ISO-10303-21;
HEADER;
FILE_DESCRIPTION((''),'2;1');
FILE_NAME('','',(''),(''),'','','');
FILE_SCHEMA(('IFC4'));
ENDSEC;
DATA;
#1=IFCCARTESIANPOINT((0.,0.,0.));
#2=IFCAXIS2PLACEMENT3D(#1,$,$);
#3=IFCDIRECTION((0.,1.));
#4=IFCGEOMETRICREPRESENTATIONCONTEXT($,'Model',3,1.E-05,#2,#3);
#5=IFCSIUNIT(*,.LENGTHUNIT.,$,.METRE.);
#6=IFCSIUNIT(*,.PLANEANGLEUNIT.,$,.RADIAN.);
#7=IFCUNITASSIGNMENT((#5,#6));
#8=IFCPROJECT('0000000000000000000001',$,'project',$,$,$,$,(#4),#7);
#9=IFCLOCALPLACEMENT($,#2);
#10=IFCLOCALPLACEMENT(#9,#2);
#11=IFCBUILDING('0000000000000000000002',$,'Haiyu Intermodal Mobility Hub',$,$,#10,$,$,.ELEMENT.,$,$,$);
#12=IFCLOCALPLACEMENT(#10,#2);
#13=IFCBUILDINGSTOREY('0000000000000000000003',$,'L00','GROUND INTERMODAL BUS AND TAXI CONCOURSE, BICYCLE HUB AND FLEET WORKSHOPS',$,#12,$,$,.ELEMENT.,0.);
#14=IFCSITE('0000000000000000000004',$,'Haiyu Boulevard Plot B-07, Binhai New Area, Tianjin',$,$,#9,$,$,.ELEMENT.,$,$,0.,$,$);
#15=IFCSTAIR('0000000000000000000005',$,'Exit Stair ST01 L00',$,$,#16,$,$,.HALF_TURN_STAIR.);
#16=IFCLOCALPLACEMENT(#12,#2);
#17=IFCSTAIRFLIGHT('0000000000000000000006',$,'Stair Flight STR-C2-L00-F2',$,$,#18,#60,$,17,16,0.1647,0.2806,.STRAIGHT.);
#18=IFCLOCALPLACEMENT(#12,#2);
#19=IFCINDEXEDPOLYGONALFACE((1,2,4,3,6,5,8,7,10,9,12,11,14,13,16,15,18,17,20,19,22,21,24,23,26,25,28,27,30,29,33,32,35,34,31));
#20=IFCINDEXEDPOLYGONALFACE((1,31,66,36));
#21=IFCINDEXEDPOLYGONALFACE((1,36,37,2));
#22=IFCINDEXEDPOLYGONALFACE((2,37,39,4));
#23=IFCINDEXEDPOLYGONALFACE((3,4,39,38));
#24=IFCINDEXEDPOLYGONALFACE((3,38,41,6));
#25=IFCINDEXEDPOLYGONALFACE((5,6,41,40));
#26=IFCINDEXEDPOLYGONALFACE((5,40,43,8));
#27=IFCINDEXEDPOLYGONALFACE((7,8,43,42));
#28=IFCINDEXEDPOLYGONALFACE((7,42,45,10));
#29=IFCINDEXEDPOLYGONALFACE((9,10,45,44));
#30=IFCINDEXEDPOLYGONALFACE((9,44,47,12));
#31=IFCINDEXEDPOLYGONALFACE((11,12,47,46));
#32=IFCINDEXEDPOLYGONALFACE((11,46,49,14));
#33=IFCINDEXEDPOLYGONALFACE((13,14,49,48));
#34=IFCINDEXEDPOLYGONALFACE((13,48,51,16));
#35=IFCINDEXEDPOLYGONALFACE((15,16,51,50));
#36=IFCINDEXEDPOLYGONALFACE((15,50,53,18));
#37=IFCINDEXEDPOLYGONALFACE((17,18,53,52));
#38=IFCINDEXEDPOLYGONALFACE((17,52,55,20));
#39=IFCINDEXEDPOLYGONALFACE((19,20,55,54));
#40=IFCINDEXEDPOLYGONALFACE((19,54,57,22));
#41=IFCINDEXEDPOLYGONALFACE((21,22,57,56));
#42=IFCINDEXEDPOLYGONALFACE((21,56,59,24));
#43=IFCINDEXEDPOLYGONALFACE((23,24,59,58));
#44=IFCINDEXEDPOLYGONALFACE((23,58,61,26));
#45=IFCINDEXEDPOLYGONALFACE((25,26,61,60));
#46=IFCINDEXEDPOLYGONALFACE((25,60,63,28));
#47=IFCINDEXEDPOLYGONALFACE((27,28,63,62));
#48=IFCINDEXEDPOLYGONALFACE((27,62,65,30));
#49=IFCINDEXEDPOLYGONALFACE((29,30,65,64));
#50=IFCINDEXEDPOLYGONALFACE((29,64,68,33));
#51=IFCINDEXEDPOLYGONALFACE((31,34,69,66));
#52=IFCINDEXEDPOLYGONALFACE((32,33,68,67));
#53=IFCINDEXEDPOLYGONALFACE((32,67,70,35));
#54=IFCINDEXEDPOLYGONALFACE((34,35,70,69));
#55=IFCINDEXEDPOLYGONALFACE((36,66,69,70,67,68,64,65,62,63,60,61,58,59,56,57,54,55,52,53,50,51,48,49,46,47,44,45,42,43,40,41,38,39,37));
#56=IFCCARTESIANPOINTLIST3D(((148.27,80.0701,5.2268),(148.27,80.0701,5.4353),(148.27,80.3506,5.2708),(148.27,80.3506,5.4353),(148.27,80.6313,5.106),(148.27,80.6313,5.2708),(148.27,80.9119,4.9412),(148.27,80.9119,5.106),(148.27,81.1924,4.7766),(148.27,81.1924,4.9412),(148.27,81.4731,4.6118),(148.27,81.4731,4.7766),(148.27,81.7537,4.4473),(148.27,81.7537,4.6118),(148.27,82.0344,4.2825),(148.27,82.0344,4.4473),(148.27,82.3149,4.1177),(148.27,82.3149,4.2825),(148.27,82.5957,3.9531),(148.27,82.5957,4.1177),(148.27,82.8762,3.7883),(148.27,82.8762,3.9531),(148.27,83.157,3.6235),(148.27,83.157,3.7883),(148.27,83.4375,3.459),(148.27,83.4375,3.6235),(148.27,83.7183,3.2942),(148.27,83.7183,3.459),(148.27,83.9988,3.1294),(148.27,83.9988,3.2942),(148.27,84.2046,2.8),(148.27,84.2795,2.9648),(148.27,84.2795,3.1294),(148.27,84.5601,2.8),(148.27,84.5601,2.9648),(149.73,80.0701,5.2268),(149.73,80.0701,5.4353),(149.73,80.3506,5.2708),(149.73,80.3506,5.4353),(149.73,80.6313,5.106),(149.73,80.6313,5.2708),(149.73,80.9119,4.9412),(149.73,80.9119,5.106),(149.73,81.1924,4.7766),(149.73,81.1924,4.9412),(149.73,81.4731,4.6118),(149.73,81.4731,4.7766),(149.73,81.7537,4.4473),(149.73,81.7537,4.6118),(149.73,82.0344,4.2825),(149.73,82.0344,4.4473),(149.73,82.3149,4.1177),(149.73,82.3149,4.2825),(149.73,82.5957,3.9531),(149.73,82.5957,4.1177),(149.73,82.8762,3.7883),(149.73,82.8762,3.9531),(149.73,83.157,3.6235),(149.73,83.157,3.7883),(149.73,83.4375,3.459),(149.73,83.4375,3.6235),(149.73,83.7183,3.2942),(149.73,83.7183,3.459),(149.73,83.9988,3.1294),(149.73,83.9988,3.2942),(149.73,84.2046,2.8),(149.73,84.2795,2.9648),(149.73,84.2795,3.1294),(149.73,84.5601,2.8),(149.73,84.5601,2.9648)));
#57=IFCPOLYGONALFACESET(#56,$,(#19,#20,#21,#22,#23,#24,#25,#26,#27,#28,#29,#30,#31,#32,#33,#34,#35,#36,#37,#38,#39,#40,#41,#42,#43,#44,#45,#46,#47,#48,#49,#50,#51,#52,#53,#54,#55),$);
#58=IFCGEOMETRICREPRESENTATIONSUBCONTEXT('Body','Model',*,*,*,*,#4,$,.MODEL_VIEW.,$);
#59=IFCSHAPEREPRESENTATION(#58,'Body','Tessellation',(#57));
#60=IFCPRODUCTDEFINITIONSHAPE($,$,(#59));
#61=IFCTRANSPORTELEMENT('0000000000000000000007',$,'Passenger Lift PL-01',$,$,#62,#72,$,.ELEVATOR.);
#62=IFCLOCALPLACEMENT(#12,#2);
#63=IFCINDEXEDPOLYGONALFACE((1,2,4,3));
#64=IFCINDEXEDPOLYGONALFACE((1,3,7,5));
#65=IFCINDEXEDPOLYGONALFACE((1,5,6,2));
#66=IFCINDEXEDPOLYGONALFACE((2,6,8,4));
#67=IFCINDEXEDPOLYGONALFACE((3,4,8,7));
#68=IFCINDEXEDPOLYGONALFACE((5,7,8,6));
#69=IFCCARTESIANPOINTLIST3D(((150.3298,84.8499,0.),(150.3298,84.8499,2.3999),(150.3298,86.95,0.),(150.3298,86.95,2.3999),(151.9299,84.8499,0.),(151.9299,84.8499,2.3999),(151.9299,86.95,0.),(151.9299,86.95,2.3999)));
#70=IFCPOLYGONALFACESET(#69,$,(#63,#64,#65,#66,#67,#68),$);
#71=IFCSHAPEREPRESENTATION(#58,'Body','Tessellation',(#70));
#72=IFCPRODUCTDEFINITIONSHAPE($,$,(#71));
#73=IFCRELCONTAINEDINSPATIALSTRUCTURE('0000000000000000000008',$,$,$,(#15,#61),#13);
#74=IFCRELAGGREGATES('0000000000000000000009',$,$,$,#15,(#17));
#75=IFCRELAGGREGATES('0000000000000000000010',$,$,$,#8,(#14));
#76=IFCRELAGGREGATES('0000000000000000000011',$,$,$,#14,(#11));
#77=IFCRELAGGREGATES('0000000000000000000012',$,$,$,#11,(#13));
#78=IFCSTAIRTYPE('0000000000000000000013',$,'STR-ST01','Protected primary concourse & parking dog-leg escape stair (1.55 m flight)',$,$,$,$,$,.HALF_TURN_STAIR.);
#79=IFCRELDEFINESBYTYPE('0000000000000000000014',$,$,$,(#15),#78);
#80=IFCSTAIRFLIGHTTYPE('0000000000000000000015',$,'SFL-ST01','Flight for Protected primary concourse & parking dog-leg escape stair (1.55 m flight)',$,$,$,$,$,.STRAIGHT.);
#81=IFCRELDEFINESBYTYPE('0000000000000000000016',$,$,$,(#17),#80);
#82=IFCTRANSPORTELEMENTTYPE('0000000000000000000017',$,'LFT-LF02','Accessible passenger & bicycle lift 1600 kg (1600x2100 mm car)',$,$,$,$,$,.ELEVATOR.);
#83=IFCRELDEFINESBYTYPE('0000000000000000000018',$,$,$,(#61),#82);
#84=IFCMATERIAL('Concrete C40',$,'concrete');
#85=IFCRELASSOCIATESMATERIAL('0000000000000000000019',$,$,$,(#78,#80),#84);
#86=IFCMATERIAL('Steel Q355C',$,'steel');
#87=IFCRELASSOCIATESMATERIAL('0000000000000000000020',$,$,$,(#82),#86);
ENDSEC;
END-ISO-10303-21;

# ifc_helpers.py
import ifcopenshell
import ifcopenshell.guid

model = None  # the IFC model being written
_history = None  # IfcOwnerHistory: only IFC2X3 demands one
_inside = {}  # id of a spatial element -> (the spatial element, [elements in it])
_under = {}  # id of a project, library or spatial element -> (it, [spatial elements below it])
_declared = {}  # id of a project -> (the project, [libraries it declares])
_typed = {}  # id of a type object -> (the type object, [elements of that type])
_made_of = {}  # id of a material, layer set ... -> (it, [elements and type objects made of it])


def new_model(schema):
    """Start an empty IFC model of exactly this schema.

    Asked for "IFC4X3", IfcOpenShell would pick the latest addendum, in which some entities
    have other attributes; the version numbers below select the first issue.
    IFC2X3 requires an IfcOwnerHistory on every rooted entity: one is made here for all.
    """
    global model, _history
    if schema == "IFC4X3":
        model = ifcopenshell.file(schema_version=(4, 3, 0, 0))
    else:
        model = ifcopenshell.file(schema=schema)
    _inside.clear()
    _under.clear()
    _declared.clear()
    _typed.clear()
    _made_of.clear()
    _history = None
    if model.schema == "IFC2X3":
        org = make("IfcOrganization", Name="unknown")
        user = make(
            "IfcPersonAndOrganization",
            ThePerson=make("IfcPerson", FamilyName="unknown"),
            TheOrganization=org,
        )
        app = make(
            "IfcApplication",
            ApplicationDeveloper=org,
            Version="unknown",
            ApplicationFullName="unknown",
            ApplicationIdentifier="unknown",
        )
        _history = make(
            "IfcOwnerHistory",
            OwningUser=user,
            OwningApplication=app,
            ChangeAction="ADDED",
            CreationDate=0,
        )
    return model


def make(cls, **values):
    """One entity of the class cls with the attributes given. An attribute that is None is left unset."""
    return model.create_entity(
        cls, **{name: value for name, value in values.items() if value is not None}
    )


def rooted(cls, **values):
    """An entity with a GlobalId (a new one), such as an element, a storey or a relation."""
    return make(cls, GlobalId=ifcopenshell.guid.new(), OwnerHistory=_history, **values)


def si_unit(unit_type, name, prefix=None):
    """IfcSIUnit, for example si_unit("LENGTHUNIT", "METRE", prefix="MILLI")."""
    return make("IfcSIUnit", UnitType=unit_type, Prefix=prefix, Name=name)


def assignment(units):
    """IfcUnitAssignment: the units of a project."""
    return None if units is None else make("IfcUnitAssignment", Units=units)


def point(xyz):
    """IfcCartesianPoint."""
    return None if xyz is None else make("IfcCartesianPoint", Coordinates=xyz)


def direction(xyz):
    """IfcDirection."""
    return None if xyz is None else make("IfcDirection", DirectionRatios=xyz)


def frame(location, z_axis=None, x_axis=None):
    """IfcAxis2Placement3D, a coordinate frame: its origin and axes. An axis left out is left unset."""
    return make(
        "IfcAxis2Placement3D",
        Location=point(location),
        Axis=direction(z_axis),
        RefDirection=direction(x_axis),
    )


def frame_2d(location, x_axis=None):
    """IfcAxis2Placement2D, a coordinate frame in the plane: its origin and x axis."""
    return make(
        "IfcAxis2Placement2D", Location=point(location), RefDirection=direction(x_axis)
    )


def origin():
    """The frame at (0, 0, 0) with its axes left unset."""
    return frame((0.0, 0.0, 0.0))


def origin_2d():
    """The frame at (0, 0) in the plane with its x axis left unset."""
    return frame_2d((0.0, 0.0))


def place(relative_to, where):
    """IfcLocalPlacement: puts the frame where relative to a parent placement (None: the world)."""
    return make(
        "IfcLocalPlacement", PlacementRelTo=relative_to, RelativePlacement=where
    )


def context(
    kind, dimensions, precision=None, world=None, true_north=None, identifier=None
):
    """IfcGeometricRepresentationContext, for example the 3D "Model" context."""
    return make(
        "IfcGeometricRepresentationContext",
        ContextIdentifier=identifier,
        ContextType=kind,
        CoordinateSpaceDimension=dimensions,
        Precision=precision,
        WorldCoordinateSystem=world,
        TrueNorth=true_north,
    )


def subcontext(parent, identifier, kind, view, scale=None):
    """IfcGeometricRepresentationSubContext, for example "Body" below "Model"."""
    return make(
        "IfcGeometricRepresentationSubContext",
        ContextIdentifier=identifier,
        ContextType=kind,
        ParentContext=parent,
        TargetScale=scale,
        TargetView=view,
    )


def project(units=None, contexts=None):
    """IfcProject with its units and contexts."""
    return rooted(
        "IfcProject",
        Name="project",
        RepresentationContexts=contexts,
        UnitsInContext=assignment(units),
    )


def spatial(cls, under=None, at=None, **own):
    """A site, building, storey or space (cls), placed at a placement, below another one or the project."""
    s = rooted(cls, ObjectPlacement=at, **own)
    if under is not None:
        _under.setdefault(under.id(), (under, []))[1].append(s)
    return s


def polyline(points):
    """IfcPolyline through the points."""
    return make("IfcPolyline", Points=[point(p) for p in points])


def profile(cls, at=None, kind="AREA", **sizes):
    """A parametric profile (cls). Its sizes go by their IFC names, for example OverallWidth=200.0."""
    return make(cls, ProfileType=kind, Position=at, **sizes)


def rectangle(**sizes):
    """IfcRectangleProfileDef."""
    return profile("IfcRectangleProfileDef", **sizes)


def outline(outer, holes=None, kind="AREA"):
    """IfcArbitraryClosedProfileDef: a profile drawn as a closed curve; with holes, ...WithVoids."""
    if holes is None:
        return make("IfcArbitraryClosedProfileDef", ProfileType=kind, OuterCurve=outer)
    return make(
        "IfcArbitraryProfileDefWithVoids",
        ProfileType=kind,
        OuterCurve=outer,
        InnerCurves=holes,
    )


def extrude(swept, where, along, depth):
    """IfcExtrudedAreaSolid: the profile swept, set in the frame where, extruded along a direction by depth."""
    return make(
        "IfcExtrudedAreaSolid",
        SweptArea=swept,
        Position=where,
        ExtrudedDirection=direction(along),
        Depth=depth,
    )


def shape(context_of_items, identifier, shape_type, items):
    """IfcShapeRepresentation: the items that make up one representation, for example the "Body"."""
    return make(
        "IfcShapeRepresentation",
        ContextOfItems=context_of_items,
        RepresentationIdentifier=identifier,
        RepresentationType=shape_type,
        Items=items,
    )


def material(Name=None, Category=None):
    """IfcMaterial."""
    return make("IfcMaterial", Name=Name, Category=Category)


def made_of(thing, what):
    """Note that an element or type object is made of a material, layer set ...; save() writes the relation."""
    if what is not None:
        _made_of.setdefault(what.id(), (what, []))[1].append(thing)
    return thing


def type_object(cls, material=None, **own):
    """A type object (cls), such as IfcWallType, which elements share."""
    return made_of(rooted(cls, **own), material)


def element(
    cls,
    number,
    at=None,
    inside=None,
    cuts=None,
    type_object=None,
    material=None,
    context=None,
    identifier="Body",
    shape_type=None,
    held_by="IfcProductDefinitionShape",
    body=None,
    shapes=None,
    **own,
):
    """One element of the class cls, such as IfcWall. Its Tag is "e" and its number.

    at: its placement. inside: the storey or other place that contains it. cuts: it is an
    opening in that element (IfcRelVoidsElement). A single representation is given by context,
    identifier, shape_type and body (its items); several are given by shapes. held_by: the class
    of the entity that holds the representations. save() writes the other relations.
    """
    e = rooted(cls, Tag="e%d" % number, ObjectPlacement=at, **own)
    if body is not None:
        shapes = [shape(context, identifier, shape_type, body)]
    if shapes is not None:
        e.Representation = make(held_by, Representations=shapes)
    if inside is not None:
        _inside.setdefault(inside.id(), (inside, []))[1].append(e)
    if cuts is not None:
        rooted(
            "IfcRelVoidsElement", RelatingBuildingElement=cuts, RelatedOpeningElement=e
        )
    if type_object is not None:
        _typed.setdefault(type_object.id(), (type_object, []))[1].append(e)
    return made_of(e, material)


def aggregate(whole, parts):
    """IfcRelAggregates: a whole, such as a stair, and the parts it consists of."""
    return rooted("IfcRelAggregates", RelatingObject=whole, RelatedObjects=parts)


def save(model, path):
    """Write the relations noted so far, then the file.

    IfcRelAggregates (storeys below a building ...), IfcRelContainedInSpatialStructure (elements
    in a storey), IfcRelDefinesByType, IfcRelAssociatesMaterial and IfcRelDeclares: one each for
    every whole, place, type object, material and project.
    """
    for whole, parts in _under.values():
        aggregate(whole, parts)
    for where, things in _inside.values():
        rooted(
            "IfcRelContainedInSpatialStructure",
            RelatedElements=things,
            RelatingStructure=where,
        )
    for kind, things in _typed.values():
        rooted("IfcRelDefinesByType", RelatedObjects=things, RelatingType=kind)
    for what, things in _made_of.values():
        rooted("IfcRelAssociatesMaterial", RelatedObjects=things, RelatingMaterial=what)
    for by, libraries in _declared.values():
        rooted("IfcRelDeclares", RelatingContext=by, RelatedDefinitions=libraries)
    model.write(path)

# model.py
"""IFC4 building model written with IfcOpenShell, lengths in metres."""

from ifc_helpers import new_model, si_unit, direction, frame, origin, origin_2d, place, context, subcontext, project, spatial, polyline, rectangle, outline, extrude, material, type_object, element, aggregate, save


model = new_model("IFC4")

# Units and contexts
model_context = context("Model", 3, precision=1e-05, world=origin(), true_north=direction((0.0, 1.0)))
body_context = subcontext(model_context, "Body", "Model", "MODEL_VIEW")
ifc_project = project(units=[si_unit("LENGTHUNIT", "METRE"), si_unit("PLANEANGLEUNIT", "RADIAN")], contexts=[model_context])

# Site, building, storey
site_placement = place(None, origin())
site = spatial("IfcSite", under=ifc_project, at=site_placement, Name="Haiyu Boulevard Plot B-07, Binhai New Area, Tianjin", CompositionType="ELEMENT", RefElevation=0.0)
building_placement = place(site_placement, origin())
building = spatial("IfcBuilding", under=site, at=building_placement, Name="Haiyu Intermodal Mobility Hub", CompositionType="ELEMENT")
storey_placement = place(building_placement, origin())
storey = spatial("IfcBuildingStorey", under=building, at=storey_placement, Name="L00", Description="GROUND INTERMODAL BUS AND TAXI CONCOURSE, BICYCLE HUB AND FLEET WORKSHOPS", CompositionType="ELEMENT", Elevation=0.0)

# Shared definitions
ifc_material_1 = material(Name="Concrete C40", Category="concrete")

# Shared definitions
ifc_material_2 = material(Name="Steel Q355C", Category="steel")

# Stair, stair flight
stair_type = type_object("IfcStairType", Name="STR-ST01", Description="Protected primary concourse & parking dog-leg escape stair (1.55 m flight)", PredefinedType="HALF_TURN_STAIR", material=ifc_material_1)
stair_placement = place(storey_placement, origin())
stair = element("IfcStair", 1, at=stair_placement, inside=storey, type_object=stair_type, Name="Exit Stair ST01 L00", PredefinedType="HALF_TURN_STAIR")
stair_flight_type = type_object("IfcStairFlightType", Name="SFL-ST01", Description="Flight for Protected primary concourse & parking dog-leg escape stair (1.55 m flight)", PredefinedType="STRAIGHT", material=ifc_material_1)
stair_flight_placement = place(storey_placement, frame((149.0, 84.5601, 2.8), z_axis=(0.0, 0.0, 1.0), x_axis=(0.0, -1.0, 0.0)))
stair_flight = element("IfcStairFlight", 2, at=stair_flight_placement, type_object=stair_flight_type, Name="Stair Flight STR-C2-L00-F2", NumberOfRisers=17, NumberOfTreads=16, PredefinedType="STRAIGHT", RiserHeight=0.1647, TreadLength=0.2806, context=body_context, shape_type="SweptSolid", body=[
    extrude(outline(polyline([(0.0, 0.0), (0.0, 0.1648), (0.2805, 0.1648), (0.2805, 0.3293), (0.5613, 0.3293), (0.5613, 0.4941), (0.8418, 0.4941), (0.8418, 0.6589), (1.1226, 0.6589), (1.1226, 0.8235), (1.4031, 0.8235), (1.4031, 0.9883), (1.6838, 0.9883), (1.6838, 1.1531), (1.9644, 1.1531), (1.9644, 1.3176), (2.2451, 1.3176), (2.2451, 1.4824), (2.5256, 1.4824), (2.5256, 1.6472), (2.8064, 1.6472), (2.8064, 1.8118), (3.0869, 1.8118), (3.0869, 1.9766), (3.3677, 1.9766), (3.3677, 2.1411), (3.6482, 2.1411), (3.6482, 2.3059), (3.9287, 2.3059), (3.9287, 2.4707), (4.2095, 2.4707), (4.2095, 2.6353), (4.49, 2.6353), (4.49, 2.8), (4.49, 2.4268), (0.3555, 0.0), (0.0, 0.0)])), frame((0.0, 0.73, 0.0), z_axis=(0.0, -1.0, 0.0), x_axis=(1.0, 0.0, 0.0)), (0.0, 0.0, 1.0), 1.46),
])
aggregate(stair, [stair_flight])

# Transport element
transport_element_type = type_object("IfcTransportElementType", Name="LFT-LF02", Description="Accessible passenger & bicycle lift 1600 kg (1600x2100 mm car)", PredefinedType="ELEVATOR", material=ifc_material_2)
transport_element_placement = place(storey_placement, frame((151.1299, 85.8999, 0.0), z_axis=(0.0, 0.0, 1.0), x_axis=(1.0, 0.0, 0.0)))
element("IfcTransportElement", 3, at=transport_element_placement, inside=storey, type_object=transport_element_type, Name="Passenger Lift PL-01", PredefinedType="ELEVATOR", context=body_context, shape_type="SweptSolid", body=[
    extrude(rectangle(XDim=1.6001, YDim=2.1001, at=origin_2d()), origin(), (0.0, 0.0, 1.0), 2.3999),
])

save(model, "model.ifc")
